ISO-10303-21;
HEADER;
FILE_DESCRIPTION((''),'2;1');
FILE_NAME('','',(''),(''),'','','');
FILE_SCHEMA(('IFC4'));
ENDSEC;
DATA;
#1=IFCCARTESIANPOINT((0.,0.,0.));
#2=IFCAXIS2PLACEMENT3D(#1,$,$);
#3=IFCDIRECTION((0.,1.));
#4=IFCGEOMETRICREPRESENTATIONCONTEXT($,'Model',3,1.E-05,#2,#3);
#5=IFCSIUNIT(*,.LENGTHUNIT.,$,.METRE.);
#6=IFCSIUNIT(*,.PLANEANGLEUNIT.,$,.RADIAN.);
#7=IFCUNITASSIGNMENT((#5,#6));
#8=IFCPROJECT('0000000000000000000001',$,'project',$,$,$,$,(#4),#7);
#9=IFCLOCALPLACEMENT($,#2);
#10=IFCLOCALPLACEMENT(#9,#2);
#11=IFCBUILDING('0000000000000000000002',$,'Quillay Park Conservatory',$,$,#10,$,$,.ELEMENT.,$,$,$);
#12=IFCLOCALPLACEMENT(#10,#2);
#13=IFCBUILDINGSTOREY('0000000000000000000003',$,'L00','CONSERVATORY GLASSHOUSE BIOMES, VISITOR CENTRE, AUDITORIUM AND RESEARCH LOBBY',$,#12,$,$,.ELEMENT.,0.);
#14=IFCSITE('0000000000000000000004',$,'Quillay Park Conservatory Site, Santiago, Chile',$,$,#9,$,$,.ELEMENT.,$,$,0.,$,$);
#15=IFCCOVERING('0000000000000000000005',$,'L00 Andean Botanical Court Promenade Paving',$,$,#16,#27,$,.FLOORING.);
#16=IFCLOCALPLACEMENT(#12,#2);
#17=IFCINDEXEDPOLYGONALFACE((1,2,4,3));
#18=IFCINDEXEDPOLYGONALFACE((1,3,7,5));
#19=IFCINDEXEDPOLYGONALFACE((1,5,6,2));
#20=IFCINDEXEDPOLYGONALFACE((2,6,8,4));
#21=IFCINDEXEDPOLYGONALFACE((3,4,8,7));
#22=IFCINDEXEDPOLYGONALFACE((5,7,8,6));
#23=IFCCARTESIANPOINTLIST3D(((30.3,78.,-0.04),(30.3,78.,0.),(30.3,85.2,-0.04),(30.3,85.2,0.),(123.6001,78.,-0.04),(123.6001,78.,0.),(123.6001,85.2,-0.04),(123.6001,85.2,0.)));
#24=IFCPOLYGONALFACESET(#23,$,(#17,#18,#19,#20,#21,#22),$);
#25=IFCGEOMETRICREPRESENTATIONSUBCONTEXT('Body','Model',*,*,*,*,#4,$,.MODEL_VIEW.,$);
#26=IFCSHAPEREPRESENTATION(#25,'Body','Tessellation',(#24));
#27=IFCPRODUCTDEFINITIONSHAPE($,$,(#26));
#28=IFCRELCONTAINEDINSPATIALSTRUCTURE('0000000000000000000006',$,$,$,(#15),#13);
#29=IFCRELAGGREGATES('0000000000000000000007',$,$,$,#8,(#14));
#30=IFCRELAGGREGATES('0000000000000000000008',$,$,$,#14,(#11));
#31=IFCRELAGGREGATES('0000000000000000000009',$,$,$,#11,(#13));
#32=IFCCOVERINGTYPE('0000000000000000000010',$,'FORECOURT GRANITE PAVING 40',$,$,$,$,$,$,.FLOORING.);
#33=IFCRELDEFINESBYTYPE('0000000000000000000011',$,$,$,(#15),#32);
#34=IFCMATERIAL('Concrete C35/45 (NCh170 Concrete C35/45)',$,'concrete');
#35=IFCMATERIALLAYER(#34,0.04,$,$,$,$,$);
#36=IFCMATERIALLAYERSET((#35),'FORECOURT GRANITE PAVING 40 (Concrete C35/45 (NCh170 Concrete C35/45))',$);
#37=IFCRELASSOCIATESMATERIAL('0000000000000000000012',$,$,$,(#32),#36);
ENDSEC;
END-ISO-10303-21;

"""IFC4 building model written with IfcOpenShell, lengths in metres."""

from ifc_helpers import new_model, si_unit, direction, frame, origin, place, context, subcontext, project, spatial, polyline, outline, extrude, material, layer, layer_set, type_object, element, save


model = new_model("IFC4")

# Units and contexts
model_context = context("Model", 3, precision=1e-05, world=origin(), true_north=direction((0.0, 1.0)))
body_context = subcontext(model_context, "Body", "Model", "MODEL_VIEW")
ifc_project = project(units=[si_unit("LENGTHUNIT", "METRE"), si_unit("PLANEANGLEUNIT", "RADIAN")], contexts=[model_context])

# Site, building, storey
site_placement = place(None, origin())
site = spatial("IfcSite", under=ifc_project, at=site_placement, Name="Quillay Park Conservatory Site, Santiago, Chile", CompositionType="ELEMENT", RefElevation=0.0)
building_placement = place(site_placement, origin())
building = spatial("IfcBuilding", under=site, at=building_placement, Name="Quillay Park Conservatory", CompositionType="ELEMENT")
storey_placement = place(building_placement, origin())
storey = spatial("IfcBuildingStorey", under=building, at=storey_placement, Name="L00", Description="CONSERVATORY GLASSHOUSE BIOMES, VISITOR CENTRE, AUDITORIUM AND RESEARCH LOBBY", CompositionType="ELEMENT", Elevation=0.0)

# Covering
ifc_material_1 = material(Name="Concrete C35/45 (NCh170 Concrete C35/45)", Category="concrete")
ifc_layer_1 = layer(ifc_material_1, 0.04)
ifc_layer_set_1 = layer_set([ifc_layer_1], Name="FORECOURT GRANITE PAVING 40 (Concrete C35/45 (NCh170 Concrete C35/45))")
covering_type = type_object("IfcCoveringType", Name="FORECOURT GRANITE PAVING 40", PredefinedType="FLOORING", material=ifc_layer_set_1)
covering_1_placement = place(storey_placement, frame((0.0, 0.0, -0.04)))
element("IfcCovering", 1, at=covering_1_placement, inside=storey, type_object=covering_type, Name="L00 Andean Botanical Court Promenade Paving", PredefinedType="FLOORING", context=body_context, shape_type="SweptSolid", body=[
    extrude(outline(polyline([(30.3, 78.0), (123.6001, 78.0), (123.6001, 85.2), (30.3, 85.2), (30.3, 78.0)])), origin(), (0.0, 0.0, 1.0), 0.04),
])

save(model, "model.ifc")
